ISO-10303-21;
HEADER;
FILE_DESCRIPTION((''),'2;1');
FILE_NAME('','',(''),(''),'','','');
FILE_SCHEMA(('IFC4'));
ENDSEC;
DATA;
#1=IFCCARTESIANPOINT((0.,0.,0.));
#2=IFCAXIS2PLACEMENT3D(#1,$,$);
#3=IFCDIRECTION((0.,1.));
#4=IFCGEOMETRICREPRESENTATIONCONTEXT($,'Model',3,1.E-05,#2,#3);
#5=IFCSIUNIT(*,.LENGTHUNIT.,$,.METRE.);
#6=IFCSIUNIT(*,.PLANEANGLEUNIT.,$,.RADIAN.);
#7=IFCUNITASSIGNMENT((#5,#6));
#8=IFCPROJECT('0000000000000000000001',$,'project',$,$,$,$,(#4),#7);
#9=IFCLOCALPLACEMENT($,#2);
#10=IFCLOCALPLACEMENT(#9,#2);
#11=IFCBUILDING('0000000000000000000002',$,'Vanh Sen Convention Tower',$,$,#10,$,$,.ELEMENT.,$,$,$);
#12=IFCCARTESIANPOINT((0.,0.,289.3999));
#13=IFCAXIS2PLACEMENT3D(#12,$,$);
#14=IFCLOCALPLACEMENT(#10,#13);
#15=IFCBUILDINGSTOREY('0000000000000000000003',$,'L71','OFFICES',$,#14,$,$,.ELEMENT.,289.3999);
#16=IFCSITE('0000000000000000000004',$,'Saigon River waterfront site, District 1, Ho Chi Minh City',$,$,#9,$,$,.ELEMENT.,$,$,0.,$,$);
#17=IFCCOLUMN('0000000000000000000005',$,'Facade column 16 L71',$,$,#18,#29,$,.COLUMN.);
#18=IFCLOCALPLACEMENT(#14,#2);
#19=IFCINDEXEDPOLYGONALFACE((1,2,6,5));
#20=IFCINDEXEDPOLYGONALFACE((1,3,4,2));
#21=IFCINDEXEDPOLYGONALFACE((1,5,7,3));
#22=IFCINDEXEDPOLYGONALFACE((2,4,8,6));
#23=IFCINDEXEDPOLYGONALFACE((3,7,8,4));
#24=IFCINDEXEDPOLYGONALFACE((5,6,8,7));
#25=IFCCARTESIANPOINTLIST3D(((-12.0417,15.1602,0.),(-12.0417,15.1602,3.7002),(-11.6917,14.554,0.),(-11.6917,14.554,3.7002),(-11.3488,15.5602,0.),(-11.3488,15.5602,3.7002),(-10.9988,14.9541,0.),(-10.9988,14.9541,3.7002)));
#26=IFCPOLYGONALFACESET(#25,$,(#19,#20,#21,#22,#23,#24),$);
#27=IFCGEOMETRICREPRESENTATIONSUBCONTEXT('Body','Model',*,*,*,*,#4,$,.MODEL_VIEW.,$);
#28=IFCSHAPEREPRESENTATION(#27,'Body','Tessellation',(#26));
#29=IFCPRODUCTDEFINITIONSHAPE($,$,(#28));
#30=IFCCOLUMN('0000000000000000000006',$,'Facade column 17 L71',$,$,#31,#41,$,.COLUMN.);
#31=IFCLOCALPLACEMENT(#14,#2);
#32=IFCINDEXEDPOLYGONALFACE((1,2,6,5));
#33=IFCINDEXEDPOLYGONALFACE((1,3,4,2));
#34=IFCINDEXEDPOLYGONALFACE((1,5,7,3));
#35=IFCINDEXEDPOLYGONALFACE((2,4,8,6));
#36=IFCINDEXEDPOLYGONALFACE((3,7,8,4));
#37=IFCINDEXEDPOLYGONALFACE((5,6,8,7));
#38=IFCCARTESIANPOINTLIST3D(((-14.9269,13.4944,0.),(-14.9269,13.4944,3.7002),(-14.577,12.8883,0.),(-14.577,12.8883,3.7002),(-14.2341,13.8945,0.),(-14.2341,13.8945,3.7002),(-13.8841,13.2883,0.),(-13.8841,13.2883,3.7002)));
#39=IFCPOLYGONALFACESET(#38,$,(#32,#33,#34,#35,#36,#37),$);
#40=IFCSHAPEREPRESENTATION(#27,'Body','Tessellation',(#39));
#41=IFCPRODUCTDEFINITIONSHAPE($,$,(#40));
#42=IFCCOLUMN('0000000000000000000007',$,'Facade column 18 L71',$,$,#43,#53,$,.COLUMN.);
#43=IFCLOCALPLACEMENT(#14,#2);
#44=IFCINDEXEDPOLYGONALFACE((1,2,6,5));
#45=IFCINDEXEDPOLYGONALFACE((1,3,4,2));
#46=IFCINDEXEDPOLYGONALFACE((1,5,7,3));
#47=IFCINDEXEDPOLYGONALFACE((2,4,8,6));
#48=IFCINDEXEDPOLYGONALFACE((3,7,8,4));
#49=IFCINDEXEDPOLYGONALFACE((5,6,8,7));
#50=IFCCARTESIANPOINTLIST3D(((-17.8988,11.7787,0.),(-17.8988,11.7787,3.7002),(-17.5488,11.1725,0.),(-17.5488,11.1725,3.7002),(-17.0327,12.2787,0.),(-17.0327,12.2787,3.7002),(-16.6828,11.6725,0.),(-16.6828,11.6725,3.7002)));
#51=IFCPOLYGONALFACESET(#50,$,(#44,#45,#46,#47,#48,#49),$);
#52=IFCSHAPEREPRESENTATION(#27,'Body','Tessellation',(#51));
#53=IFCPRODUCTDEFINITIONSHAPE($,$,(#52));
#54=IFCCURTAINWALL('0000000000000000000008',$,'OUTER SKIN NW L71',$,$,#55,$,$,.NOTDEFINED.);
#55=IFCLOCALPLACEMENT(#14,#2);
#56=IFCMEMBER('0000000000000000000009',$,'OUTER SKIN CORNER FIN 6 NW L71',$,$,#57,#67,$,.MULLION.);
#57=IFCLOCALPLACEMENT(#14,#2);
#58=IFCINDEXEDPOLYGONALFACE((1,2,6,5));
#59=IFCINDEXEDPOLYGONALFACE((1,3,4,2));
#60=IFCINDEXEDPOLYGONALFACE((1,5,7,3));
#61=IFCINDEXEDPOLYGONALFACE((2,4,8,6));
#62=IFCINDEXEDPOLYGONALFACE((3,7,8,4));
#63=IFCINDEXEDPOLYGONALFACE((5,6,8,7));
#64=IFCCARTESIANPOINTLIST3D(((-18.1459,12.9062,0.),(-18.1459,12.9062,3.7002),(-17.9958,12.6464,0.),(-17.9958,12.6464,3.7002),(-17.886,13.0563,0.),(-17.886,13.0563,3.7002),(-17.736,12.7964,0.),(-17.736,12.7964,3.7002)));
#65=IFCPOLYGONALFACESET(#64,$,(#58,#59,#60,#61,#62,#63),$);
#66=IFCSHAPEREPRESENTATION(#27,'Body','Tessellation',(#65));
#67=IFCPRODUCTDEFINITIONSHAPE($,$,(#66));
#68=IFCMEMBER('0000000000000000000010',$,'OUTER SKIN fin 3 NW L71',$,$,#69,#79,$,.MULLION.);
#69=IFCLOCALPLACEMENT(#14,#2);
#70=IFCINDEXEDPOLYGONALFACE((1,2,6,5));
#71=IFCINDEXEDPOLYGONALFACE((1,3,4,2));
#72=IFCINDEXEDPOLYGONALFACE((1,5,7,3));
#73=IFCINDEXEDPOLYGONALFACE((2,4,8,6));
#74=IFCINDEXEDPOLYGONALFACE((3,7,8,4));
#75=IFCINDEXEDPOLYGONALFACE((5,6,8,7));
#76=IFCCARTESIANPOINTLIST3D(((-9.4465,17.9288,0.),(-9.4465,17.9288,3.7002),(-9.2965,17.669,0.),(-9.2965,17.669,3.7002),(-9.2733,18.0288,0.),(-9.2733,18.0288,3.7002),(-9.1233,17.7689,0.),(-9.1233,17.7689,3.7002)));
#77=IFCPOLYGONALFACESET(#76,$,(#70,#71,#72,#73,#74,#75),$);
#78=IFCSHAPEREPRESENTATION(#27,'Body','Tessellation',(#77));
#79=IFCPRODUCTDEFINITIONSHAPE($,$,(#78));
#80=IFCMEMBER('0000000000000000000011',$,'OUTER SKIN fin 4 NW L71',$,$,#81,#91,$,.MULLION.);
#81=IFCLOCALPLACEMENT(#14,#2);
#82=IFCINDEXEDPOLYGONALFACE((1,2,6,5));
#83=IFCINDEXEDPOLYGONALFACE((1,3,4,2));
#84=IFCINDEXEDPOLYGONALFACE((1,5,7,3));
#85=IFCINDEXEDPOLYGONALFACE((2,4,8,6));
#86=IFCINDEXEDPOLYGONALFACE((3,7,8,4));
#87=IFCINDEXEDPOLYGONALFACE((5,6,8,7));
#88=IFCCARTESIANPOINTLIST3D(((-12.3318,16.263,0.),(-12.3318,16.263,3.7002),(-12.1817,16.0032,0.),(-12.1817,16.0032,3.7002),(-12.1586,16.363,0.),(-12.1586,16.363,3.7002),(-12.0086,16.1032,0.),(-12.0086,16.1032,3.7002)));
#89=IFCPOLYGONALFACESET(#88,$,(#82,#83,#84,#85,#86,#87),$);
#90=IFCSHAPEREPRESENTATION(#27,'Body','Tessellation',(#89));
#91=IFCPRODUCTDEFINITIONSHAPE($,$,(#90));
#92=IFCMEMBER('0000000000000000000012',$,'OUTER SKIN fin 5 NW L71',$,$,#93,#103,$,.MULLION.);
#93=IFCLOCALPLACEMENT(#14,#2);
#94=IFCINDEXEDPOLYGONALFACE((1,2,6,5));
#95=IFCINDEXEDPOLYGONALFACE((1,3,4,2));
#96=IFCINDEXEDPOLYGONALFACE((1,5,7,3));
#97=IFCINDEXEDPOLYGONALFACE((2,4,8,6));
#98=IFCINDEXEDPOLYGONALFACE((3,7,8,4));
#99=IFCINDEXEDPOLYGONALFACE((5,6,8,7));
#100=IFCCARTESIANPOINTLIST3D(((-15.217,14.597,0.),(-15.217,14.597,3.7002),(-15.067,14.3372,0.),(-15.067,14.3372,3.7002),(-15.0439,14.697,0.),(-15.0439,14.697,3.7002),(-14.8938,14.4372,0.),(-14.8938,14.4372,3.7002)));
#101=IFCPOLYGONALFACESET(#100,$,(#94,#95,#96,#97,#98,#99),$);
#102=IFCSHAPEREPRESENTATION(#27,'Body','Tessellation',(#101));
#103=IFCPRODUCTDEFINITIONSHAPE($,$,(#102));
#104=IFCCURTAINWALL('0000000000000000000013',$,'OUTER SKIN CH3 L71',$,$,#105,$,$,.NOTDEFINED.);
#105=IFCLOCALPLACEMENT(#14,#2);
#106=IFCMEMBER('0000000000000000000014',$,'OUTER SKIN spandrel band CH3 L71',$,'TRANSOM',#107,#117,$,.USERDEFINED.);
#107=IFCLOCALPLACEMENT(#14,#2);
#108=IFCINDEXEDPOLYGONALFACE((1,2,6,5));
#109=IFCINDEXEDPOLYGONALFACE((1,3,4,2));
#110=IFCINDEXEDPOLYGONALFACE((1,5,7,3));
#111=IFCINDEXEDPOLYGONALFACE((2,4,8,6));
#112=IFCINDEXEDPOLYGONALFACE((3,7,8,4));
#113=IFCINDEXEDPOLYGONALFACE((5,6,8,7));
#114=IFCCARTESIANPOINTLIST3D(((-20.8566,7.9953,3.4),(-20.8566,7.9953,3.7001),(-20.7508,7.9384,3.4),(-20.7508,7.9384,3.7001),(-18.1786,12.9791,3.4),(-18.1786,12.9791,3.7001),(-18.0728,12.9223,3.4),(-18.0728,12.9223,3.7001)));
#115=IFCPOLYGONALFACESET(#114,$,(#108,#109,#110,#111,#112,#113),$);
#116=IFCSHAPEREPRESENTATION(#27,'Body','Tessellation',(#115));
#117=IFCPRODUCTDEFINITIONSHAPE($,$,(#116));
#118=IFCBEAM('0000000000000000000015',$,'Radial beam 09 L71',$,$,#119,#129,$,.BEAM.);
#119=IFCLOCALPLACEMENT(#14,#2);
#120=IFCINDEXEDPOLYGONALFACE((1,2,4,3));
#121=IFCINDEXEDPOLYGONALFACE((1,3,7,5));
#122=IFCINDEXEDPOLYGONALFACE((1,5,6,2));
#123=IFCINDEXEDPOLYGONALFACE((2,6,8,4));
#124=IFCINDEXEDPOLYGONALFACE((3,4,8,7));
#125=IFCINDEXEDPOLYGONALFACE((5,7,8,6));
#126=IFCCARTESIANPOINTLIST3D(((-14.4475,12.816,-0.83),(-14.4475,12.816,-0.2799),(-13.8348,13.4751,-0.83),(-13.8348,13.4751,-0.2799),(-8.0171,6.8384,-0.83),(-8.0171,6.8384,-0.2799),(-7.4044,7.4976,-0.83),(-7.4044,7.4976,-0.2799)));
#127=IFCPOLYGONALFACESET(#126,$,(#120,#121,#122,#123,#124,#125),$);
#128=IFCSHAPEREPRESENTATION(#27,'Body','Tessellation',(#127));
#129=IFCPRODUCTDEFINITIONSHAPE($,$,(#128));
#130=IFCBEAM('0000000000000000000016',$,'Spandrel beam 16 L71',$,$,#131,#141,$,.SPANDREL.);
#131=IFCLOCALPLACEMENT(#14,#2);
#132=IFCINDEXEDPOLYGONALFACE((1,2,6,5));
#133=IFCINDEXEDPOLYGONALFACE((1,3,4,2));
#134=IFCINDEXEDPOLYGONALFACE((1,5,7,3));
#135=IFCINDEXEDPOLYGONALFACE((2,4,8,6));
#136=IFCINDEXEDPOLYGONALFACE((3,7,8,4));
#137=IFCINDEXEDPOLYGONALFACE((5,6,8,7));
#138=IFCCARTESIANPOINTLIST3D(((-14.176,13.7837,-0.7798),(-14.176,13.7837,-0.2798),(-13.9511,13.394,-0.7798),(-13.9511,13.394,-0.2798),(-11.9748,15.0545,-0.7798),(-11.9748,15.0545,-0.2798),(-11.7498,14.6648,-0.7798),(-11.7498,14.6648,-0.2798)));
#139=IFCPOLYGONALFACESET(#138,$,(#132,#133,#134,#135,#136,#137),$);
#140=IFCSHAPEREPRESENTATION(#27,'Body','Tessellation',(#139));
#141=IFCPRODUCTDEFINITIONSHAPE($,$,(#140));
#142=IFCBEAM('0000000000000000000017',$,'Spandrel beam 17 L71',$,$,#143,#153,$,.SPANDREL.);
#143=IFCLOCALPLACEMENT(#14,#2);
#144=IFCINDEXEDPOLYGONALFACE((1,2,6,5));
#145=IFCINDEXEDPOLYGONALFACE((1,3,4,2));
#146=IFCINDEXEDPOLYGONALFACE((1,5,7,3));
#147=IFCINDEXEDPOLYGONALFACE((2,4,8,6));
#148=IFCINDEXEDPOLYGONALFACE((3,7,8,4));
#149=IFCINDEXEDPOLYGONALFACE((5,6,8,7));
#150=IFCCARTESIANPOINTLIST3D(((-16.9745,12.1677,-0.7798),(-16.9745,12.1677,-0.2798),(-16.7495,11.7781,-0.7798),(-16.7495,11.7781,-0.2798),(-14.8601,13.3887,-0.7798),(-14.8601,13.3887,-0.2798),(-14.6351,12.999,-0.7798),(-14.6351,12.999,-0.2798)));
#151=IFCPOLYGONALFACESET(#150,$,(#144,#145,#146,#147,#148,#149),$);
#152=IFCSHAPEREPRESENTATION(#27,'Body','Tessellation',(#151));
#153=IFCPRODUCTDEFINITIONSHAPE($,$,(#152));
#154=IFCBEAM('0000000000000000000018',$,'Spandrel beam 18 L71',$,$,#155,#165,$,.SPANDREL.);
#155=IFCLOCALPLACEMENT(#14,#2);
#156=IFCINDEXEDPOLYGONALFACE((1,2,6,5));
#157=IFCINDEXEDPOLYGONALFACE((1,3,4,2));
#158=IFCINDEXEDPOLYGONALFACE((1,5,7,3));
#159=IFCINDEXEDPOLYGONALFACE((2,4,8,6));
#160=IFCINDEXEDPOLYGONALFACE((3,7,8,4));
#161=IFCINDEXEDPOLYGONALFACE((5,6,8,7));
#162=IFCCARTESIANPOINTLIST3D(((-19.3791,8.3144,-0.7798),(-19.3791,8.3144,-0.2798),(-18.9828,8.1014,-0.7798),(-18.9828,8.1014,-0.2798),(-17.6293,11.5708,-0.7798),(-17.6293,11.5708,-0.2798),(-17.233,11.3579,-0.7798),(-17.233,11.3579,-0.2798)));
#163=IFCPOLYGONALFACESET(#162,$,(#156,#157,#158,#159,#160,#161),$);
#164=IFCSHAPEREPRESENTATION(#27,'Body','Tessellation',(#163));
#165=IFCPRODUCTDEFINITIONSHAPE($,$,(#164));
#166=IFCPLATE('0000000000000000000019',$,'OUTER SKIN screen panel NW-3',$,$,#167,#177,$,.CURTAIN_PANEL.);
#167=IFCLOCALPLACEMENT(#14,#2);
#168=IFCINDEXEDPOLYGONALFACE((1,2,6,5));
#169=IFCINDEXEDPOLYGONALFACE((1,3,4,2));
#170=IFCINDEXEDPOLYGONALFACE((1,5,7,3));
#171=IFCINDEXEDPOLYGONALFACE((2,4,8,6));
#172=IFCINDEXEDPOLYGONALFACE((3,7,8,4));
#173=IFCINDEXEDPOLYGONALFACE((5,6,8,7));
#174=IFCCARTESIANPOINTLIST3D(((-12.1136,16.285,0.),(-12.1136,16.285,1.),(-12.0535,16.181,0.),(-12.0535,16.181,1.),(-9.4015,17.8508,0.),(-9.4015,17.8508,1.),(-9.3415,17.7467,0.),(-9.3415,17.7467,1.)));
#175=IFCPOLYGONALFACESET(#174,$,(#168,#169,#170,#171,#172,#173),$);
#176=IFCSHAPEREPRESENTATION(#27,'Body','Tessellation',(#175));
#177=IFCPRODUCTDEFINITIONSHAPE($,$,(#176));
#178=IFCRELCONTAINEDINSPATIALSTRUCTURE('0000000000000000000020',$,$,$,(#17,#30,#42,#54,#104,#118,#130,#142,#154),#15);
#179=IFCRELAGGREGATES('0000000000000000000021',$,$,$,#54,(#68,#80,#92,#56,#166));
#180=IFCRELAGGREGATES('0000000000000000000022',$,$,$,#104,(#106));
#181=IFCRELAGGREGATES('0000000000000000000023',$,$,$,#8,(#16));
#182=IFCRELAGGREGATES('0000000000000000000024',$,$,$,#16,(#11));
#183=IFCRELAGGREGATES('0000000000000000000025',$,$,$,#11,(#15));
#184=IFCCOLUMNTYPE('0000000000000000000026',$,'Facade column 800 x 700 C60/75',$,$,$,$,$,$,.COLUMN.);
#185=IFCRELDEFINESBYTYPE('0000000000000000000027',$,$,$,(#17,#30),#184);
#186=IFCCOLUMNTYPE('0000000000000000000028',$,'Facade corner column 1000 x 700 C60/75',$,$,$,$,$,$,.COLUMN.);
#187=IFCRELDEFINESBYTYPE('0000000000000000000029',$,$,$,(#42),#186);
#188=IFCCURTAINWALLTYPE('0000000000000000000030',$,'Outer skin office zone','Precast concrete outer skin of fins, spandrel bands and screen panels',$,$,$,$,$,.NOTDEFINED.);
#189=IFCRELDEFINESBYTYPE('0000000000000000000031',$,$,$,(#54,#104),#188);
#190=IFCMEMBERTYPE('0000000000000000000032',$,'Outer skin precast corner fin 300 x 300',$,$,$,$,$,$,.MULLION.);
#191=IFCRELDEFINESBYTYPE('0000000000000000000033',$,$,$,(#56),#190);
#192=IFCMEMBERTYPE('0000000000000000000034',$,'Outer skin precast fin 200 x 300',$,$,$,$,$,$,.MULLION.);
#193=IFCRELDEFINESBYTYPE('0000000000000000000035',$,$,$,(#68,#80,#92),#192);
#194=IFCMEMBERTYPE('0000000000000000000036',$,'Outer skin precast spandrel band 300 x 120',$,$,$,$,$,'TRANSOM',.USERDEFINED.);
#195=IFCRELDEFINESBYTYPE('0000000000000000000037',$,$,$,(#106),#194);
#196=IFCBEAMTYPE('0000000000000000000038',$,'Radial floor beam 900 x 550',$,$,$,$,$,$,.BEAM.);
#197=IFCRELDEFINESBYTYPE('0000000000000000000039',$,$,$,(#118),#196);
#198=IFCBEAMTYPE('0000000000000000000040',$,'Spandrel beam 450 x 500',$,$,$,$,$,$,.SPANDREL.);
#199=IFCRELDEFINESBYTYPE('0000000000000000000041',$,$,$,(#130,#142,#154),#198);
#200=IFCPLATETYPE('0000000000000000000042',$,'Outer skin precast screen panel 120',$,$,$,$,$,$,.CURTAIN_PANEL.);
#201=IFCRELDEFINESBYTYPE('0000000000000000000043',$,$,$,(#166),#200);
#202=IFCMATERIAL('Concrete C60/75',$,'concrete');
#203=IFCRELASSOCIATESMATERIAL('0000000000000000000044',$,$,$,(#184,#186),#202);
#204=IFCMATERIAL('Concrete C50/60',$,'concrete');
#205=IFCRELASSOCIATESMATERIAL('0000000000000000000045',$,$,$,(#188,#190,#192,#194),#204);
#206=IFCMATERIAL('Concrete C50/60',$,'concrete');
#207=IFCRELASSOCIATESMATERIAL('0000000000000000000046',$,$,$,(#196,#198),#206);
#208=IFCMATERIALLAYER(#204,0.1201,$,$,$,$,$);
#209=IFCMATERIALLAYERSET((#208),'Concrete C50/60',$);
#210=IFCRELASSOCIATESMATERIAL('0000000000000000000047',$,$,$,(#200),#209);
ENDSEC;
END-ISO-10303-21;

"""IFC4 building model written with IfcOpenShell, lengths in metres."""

from ifc_helpers import new_model, si_unit, direction, frame, origin, origin_2d, place, context, subcontext, project, spatial, rectangle, extrude, material, layer, layer_set, material_profile, profile_set, type_object, element, aggregate, save


model = new_model("IFC4")

# Units and contexts
model_context = context("Model", 3, precision=1e-05, world=origin(), true_north=direction((0.0, 1.0)))
body_context = subcontext(model_context, "Body", "Model", "MODEL_VIEW")
ifc_project = project(units=[si_unit("LENGTHUNIT", "METRE"), si_unit("PLANEANGLEUNIT", "RADIAN")], contexts=[model_context])

# Site, building, storey
site_placement = place(None, origin())
site = spatial("IfcSite", under=ifc_project, at=site_placement, Name="Saigon River waterfront site, District 1, Ho Chi Minh City", CompositionType="ELEMENT", RefElevation=0.0)
building_placement = place(site_placement, origin())
building = spatial("IfcBuilding", under=site, at=building_placement, Name="Vanh Sen Convention Tower", CompositionType="ELEMENT")
storey_placement = place(building_placement, frame((0.0, 0.0, 289.3999)))
storey = spatial("IfcBuildingStorey", under=building, at=storey_placement, Name="L71", Description="OFFICES", CompositionType="ELEMENT", Elevation=289.3999)

# Columns
ifc_material_1 = material(Name="Concrete C60/75", Category="concrete")
ifc_material_profile_1 = material_profile(ifc_material_1, rectangle(XDim=0.8, YDim=0.7, at=origin_2d()), Name="RC 800X700")
ifc_profile_set_1 = profile_set([ifc_material_profile_1], Name="Concrete C60/75")
column_type_1 = type_object("IfcColumnType", Name="Facade column 800 x 700 C60/75", PredefinedType="COLUMN", material=ifc_profile_set_1)
for number, where, z_axis, x_axis, name in (
    (1, (-11.5203, 15.0571, 0.0), (0.0, 0.0, 1.0), (-0.866025, -0.5, 0.0), "Facade column 16 L71"),
    (2, (-14.4055, 13.3914, 0.0), (0.0, 0.0, 1.0), (-0.866025, -0.5, 0.0), "Facade column 17 L71"),
):
    element("IfcColumn", number, at=place(storey_placement, frame(where, z_axis=z_axis, x_axis=x_axis)), inside=storey, type_object=column_type_1, Name=name, PredefinedType="COLUMN", context=body_context, shape_type="SweptSolid", body=[
        extrude(rectangle(XDim=0.8, YDim=0.7, at=origin_2d()), origin(), (0.0, 0.0, 1.0), 3.7002),
    ])
ifc_material_profile_2 = material_profile(ifc_material_1, rectangle(XDim=1.0, YDim=0.7, at=origin_2d()), Name="RC 1000X700")
ifc_profile_set_2 = profile_set([ifc_material_profile_2], Name="Concrete C60/75")
column_type_2 = type_object("IfcColumnType", Name="Facade corner column 1000 x 700 C60/75", PredefinedType="COLUMN", material=ifc_profile_set_2)
column_placement = place(storey_placement, frame((-17.2908, 11.7256, 0.0), z_axis=(0.0, 0.0, 1.0), x_axis=(-0.866025, -0.5, 0.0)))
element("IfcColumn", 3, at=column_placement, inside=storey, type_object=column_type_2, Name="Facade column 18 L71", PredefinedType="COLUMN", context=body_context, shape_type="SweptSolid", body=[
    extrude(rectangle(XDim=1.0, YDim=0.7, at=origin_2d()), origin(), (0.0, 0.0, 1.0), 3.7002),
])

# Curtain wall, members
ifc_material_2 = material(Name="Concrete C50/60", Category="concrete")
curtain_wall_type = type_object("IfcCurtainWallType", Name="Outer skin office zone", Description="Precast concrete outer skin of fins, spandrel bands and screen panels", PredefinedType="NOTDEFINED", material=ifc_material_2)
curtain_wall_1_placement = place(storey_placement, origin())
curtain_wall_1 = element("IfcCurtainWall", 4, at=curtain_wall_1_placement, inside=storey, type_object=curtain_wall_type, Name="OUTER SKIN NW L71", PredefinedType="NOTDEFINED")
ifc_material_profile_3 = material_profile(ifc_material_2, rectangle(XDim=0.3, YDim=0.3, at=origin_2d()), Name="Outer skin precast corner fin 300 x 300")
ifc_profile_set_3 = profile_set([ifc_material_profile_3], Name="Concrete C50/60")
member_type_1 = type_object("IfcMemberType", Name="Outer skin precast corner fin 300 x 300", PredefinedType="MULLION", material=ifc_profile_set_3)
member_1_placement = place(storey_placement, frame((-17.9409, 12.8513, 0.0), z_axis=(0.0, 0.0, 1.0), x_axis=(-0.866025, -0.5, 0.0)))
member_1 = element("IfcMember", 5, at=member_1_placement, type_object=member_type_1, Name="OUTER SKIN CORNER FIN 6 NW L71", PredefinedType="MULLION", context=body_context, shape_type="SweptSolid", body=[
    extrude(rectangle(XDim=0.3, YDim=0.3, at=origin_2d()), origin(), (0.0, 0.0, 1.0), 3.7002),
])
ifc_material_profile_4 = material_profile(ifc_material_2, rectangle(XDim=0.2, YDim=0.3, at=origin_2d()), Name="Outer skin precast fin 200 x 300")
ifc_profile_set_4 = profile_set([ifc_material_profile_4], Name="Concrete C50/60")
member_type_2 = type_object("IfcMemberType", Name="Outer skin precast fin 200 x 300", PredefinedType="MULLION", material=ifc_profile_set_4)
member_2_placement = place(storey_placement, frame((-9.2849, 17.8489, 0.0), z_axis=(0.0, 0.0, 1.0), x_axis=(-0.866025, -0.5, 0.0)))
member_2 = element("IfcMember", 6, at=member_2_placement, type_object=member_type_2, Name="OUTER SKIN fin 3 NW L71", PredefinedType="MULLION", context=body_context, shape_type="SweptSolid", body=[
    extrude(rectangle(XDim=0.2, YDim=0.3, at=origin_2d()), origin(), (0.0, 0.0, 1.0), 3.7002),
])
member_3_placement = place(storey_placement, frame((-12.1702, 16.1831, 0.0), z_axis=(0.0, 0.0, 1.0), x_axis=(-0.866025, -0.5, 0.0)))
member_3 = element("IfcMember", 7, at=member_3_placement, type_object=member_type_2, Name="OUTER SKIN fin 4 NW L71", PredefinedType="MULLION", context=body_context, shape_type="SweptSolid", body=[
    extrude(rectangle(XDim=0.2, YDim=0.3, at=origin_2d()), origin(), (0.0, 0.0, 1.0), 3.7002),
])
member_4_placement = place(storey_placement, frame((-15.0554, 14.5171, 0.0), z_axis=(0.0, 0.0, 1.0), x_axis=(-0.866025, -0.5, 0.0)))
member_4 = element("IfcMember", 8, at=member_4_placement, type_object=member_type_2, Name="OUTER SKIN fin 5 NW L71", PredefinedType="MULLION", context=body_context, shape_type="SweptSolid", body=[
    extrude(rectangle(XDim=0.2, YDim=0.3, at=origin_2d()), origin(), (0.0, 0.0, 1.0), 3.7002),
])

# Curtain wall, member
curtain_wall_2_placement = place(storey_placement, origin())
curtain_wall_2 = element("IfcCurtainWall", 9, at=curtain_wall_2_placement, inside=storey, type_object=curtain_wall_type, Name="OUTER SKIN CH3 L71", PredefinedType="NOTDEFINED")
ifc_material_profile_5 = material_profile(ifc_material_2, rectangle(XDim=0.1201, YDim=0.3, at=origin_2d()), Name="Outer skin precast spandrel band 300 x 120")
ifc_profile_set_5 = profile_set([ifc_material_profile_5], Name="Concrete C50/60")
member_type_3 = type_object("IfcMemberType", Name="Outer skin precast spandrel band 300 x 120", ElementType="TRANSOM", PredefinedType="USERDEFINED", material=ifc_profile_set_5)
member_5_placement = place(storey_placement, frame((-18.1257, 12.9507, 3.55), z_axis=(-0.473325, -0.880888, 0.0), x_axis=(0.880888, -0.473325, 0.0)))
member_5 = element("IfcMember", 10, at=member_5_placement, type_object=member_type_3, Name="OUTER SKIN spandrel band CH3 L71", ObjectType="TRANSOM", PredefinedType="USERDEFINED", context=body_context, shape_type="SweptSolid", body=[
    extrude(rectangle(XDim=0.1201, YDim=0.3, at=origin_2d()), origin(), (0.0, 0.0, 1.0), 5.6577),
])

# Beams
ifc_material_3 = material(Name="Concrete C50/60", Category="concrete")
ifc_material_profile_6 = material_profile(ifc_material_3, rectangle(XDim=0.8999, YDim=0.55, at=origin_2d()), Name="RC 900X550")
ifc_profile_set_6 = profile_set([ifc_material_profile_6], Name="Concrete C50/60")
beam_type_1 = type_object("IfcBeamType", Name="Radial floor beam 900 x 550", PredefinedType="BEAM", material=ifc_profile_set_6)
beam_1_placement = place(storey_placement, frame((-14.1411, 13.1455, -0.5549), z_axis=(0.732428, -0.680845, 0.0), x_axis=(0.680845, 0.732428, 0.0)))
element("IfcBeam", 11, at=beam_1_placement, inside=storey, type_object=beam_type_1, Name="Radial beam 09 L71", PredefinedType="BEAM", context=body_context, shape_type="SweptSolid", body=[
    extrude(rectangle(XDim=0.8999, YDim=0.55, at=origin_2d()), origin(), (0.0, 0.0, 1.0), 8.7795),
])
ifc_material_profile_7 = material_profile(ifc_material_3, rectangle(XDim=0.45, YDim=0.5, at=origin_2d()), Name="RC 450X500")
ifc_profile_set_7 = profile_set([ifc_material_profile_7], Name="Concrete C50/60")
beam_type_2 = type_object("IfcBeamType", Name="Spandrel beam 450 x 500", PredefinedType="SPANDREL", material=ifc_profile_set_7)
beam_2_placement = place(storey_placement, frame((-11.8623, 14.8596, -0.5298), z_axis=(-0.866042, -0.499972, 0.0), x_axis=(0.499972, -0.866042, 0.0)))
element("IfcBeam", 12, at=beam_2_placement, inside=storey, type_object=beam_type_2, Name="Spandrel beam 16 L71", PredefinedType="SPANDREL", context=body_context, shape_type="SweptSolid", body=[
    extrude(rectangle(XDim=0.45, YDim=0.5, at=origin_2d()), origin(), (0.0, 0.0, 1.0), 2.5417),
])
beam_3_placement = place(storey_placement, frame((-14.7476, 13.1938, -0.5298), z_axis=(-0.866001, -0.500043, 0.0), x_axis=(0.500043, -0.866001, 0.0)))
element("IfcBeam", 13, at=beam_3_placement, inside=storey, type_object=beam_type_2, Name="Spandrel beam 17 L71", PredefinedType="SPANDREL", context=body_context, shape_type="SweptSolid", body=[
    extrude(rectangle(XDim=0.45, YDim=0.5, at=origin_2d()), origin(), (0.0, 0.0, 1.0), 2.4417),
])
beam_4_placement = place(storey_placement, frame((-17.4312, 11.4644, -0.5298), z_axis=(-0.473332, -0.880884, 0.0), x_axis=(0.880884, -0.473332, 0.0)))
element("IfcBeam", 14, at=beam_4_placement, inside=storey, type_object=beam_type_2, Name="Spandrel beam 18 L71", PredefinedType="SPANDREL", context=body_context, shape_type="SweptSolid", body=[
    extrude(rectangle(XDim=0.45, YDim=0.5, at=origin_2d()), origin(), (0.0, 0.0, 1.0), 3.6968),
])

# Plate
ifc_layer_1 = layer(ifc_material_2, 0.1201)
ifc_layer_set_1 = layer_set([ifc_layer_1], Name="Concrete C50/60")
plate_type = type_object("IfcPlateType", Name="Outer skin precast screen panel 120", PredefinedType="CURTAIN_PANEL", material=ifc_layer_set_1)
plate_1_placement = place(storey_placement, frame((-10.7275, 17.0159, 0.0), z_axis=(0.0, 0.0, 1.0), x_axis=(-0.866029, -0.499994, 0.0)))
plate_1 = element("IfcPlate", 15, at=plate_1_placement, type_object=plate_type, Name="OUTER SKIN screen panel NW-3", PredefinedType="CURTAIN_PANEL", context=body_context, shape_type="SweptSolid", body=[
    extrude(rectangle(XDim=3.1316, YDim=0.1201, at=origin_2d()), origin(), (0.0, 0.0, 1.0), 1.0),
])
aggregate(curtain_wall_1, [member_2, member_3, member_4, member_1, plate_1])
aggregate(curtain_wall_2, [member_5])

save(model, "model.ifc")
